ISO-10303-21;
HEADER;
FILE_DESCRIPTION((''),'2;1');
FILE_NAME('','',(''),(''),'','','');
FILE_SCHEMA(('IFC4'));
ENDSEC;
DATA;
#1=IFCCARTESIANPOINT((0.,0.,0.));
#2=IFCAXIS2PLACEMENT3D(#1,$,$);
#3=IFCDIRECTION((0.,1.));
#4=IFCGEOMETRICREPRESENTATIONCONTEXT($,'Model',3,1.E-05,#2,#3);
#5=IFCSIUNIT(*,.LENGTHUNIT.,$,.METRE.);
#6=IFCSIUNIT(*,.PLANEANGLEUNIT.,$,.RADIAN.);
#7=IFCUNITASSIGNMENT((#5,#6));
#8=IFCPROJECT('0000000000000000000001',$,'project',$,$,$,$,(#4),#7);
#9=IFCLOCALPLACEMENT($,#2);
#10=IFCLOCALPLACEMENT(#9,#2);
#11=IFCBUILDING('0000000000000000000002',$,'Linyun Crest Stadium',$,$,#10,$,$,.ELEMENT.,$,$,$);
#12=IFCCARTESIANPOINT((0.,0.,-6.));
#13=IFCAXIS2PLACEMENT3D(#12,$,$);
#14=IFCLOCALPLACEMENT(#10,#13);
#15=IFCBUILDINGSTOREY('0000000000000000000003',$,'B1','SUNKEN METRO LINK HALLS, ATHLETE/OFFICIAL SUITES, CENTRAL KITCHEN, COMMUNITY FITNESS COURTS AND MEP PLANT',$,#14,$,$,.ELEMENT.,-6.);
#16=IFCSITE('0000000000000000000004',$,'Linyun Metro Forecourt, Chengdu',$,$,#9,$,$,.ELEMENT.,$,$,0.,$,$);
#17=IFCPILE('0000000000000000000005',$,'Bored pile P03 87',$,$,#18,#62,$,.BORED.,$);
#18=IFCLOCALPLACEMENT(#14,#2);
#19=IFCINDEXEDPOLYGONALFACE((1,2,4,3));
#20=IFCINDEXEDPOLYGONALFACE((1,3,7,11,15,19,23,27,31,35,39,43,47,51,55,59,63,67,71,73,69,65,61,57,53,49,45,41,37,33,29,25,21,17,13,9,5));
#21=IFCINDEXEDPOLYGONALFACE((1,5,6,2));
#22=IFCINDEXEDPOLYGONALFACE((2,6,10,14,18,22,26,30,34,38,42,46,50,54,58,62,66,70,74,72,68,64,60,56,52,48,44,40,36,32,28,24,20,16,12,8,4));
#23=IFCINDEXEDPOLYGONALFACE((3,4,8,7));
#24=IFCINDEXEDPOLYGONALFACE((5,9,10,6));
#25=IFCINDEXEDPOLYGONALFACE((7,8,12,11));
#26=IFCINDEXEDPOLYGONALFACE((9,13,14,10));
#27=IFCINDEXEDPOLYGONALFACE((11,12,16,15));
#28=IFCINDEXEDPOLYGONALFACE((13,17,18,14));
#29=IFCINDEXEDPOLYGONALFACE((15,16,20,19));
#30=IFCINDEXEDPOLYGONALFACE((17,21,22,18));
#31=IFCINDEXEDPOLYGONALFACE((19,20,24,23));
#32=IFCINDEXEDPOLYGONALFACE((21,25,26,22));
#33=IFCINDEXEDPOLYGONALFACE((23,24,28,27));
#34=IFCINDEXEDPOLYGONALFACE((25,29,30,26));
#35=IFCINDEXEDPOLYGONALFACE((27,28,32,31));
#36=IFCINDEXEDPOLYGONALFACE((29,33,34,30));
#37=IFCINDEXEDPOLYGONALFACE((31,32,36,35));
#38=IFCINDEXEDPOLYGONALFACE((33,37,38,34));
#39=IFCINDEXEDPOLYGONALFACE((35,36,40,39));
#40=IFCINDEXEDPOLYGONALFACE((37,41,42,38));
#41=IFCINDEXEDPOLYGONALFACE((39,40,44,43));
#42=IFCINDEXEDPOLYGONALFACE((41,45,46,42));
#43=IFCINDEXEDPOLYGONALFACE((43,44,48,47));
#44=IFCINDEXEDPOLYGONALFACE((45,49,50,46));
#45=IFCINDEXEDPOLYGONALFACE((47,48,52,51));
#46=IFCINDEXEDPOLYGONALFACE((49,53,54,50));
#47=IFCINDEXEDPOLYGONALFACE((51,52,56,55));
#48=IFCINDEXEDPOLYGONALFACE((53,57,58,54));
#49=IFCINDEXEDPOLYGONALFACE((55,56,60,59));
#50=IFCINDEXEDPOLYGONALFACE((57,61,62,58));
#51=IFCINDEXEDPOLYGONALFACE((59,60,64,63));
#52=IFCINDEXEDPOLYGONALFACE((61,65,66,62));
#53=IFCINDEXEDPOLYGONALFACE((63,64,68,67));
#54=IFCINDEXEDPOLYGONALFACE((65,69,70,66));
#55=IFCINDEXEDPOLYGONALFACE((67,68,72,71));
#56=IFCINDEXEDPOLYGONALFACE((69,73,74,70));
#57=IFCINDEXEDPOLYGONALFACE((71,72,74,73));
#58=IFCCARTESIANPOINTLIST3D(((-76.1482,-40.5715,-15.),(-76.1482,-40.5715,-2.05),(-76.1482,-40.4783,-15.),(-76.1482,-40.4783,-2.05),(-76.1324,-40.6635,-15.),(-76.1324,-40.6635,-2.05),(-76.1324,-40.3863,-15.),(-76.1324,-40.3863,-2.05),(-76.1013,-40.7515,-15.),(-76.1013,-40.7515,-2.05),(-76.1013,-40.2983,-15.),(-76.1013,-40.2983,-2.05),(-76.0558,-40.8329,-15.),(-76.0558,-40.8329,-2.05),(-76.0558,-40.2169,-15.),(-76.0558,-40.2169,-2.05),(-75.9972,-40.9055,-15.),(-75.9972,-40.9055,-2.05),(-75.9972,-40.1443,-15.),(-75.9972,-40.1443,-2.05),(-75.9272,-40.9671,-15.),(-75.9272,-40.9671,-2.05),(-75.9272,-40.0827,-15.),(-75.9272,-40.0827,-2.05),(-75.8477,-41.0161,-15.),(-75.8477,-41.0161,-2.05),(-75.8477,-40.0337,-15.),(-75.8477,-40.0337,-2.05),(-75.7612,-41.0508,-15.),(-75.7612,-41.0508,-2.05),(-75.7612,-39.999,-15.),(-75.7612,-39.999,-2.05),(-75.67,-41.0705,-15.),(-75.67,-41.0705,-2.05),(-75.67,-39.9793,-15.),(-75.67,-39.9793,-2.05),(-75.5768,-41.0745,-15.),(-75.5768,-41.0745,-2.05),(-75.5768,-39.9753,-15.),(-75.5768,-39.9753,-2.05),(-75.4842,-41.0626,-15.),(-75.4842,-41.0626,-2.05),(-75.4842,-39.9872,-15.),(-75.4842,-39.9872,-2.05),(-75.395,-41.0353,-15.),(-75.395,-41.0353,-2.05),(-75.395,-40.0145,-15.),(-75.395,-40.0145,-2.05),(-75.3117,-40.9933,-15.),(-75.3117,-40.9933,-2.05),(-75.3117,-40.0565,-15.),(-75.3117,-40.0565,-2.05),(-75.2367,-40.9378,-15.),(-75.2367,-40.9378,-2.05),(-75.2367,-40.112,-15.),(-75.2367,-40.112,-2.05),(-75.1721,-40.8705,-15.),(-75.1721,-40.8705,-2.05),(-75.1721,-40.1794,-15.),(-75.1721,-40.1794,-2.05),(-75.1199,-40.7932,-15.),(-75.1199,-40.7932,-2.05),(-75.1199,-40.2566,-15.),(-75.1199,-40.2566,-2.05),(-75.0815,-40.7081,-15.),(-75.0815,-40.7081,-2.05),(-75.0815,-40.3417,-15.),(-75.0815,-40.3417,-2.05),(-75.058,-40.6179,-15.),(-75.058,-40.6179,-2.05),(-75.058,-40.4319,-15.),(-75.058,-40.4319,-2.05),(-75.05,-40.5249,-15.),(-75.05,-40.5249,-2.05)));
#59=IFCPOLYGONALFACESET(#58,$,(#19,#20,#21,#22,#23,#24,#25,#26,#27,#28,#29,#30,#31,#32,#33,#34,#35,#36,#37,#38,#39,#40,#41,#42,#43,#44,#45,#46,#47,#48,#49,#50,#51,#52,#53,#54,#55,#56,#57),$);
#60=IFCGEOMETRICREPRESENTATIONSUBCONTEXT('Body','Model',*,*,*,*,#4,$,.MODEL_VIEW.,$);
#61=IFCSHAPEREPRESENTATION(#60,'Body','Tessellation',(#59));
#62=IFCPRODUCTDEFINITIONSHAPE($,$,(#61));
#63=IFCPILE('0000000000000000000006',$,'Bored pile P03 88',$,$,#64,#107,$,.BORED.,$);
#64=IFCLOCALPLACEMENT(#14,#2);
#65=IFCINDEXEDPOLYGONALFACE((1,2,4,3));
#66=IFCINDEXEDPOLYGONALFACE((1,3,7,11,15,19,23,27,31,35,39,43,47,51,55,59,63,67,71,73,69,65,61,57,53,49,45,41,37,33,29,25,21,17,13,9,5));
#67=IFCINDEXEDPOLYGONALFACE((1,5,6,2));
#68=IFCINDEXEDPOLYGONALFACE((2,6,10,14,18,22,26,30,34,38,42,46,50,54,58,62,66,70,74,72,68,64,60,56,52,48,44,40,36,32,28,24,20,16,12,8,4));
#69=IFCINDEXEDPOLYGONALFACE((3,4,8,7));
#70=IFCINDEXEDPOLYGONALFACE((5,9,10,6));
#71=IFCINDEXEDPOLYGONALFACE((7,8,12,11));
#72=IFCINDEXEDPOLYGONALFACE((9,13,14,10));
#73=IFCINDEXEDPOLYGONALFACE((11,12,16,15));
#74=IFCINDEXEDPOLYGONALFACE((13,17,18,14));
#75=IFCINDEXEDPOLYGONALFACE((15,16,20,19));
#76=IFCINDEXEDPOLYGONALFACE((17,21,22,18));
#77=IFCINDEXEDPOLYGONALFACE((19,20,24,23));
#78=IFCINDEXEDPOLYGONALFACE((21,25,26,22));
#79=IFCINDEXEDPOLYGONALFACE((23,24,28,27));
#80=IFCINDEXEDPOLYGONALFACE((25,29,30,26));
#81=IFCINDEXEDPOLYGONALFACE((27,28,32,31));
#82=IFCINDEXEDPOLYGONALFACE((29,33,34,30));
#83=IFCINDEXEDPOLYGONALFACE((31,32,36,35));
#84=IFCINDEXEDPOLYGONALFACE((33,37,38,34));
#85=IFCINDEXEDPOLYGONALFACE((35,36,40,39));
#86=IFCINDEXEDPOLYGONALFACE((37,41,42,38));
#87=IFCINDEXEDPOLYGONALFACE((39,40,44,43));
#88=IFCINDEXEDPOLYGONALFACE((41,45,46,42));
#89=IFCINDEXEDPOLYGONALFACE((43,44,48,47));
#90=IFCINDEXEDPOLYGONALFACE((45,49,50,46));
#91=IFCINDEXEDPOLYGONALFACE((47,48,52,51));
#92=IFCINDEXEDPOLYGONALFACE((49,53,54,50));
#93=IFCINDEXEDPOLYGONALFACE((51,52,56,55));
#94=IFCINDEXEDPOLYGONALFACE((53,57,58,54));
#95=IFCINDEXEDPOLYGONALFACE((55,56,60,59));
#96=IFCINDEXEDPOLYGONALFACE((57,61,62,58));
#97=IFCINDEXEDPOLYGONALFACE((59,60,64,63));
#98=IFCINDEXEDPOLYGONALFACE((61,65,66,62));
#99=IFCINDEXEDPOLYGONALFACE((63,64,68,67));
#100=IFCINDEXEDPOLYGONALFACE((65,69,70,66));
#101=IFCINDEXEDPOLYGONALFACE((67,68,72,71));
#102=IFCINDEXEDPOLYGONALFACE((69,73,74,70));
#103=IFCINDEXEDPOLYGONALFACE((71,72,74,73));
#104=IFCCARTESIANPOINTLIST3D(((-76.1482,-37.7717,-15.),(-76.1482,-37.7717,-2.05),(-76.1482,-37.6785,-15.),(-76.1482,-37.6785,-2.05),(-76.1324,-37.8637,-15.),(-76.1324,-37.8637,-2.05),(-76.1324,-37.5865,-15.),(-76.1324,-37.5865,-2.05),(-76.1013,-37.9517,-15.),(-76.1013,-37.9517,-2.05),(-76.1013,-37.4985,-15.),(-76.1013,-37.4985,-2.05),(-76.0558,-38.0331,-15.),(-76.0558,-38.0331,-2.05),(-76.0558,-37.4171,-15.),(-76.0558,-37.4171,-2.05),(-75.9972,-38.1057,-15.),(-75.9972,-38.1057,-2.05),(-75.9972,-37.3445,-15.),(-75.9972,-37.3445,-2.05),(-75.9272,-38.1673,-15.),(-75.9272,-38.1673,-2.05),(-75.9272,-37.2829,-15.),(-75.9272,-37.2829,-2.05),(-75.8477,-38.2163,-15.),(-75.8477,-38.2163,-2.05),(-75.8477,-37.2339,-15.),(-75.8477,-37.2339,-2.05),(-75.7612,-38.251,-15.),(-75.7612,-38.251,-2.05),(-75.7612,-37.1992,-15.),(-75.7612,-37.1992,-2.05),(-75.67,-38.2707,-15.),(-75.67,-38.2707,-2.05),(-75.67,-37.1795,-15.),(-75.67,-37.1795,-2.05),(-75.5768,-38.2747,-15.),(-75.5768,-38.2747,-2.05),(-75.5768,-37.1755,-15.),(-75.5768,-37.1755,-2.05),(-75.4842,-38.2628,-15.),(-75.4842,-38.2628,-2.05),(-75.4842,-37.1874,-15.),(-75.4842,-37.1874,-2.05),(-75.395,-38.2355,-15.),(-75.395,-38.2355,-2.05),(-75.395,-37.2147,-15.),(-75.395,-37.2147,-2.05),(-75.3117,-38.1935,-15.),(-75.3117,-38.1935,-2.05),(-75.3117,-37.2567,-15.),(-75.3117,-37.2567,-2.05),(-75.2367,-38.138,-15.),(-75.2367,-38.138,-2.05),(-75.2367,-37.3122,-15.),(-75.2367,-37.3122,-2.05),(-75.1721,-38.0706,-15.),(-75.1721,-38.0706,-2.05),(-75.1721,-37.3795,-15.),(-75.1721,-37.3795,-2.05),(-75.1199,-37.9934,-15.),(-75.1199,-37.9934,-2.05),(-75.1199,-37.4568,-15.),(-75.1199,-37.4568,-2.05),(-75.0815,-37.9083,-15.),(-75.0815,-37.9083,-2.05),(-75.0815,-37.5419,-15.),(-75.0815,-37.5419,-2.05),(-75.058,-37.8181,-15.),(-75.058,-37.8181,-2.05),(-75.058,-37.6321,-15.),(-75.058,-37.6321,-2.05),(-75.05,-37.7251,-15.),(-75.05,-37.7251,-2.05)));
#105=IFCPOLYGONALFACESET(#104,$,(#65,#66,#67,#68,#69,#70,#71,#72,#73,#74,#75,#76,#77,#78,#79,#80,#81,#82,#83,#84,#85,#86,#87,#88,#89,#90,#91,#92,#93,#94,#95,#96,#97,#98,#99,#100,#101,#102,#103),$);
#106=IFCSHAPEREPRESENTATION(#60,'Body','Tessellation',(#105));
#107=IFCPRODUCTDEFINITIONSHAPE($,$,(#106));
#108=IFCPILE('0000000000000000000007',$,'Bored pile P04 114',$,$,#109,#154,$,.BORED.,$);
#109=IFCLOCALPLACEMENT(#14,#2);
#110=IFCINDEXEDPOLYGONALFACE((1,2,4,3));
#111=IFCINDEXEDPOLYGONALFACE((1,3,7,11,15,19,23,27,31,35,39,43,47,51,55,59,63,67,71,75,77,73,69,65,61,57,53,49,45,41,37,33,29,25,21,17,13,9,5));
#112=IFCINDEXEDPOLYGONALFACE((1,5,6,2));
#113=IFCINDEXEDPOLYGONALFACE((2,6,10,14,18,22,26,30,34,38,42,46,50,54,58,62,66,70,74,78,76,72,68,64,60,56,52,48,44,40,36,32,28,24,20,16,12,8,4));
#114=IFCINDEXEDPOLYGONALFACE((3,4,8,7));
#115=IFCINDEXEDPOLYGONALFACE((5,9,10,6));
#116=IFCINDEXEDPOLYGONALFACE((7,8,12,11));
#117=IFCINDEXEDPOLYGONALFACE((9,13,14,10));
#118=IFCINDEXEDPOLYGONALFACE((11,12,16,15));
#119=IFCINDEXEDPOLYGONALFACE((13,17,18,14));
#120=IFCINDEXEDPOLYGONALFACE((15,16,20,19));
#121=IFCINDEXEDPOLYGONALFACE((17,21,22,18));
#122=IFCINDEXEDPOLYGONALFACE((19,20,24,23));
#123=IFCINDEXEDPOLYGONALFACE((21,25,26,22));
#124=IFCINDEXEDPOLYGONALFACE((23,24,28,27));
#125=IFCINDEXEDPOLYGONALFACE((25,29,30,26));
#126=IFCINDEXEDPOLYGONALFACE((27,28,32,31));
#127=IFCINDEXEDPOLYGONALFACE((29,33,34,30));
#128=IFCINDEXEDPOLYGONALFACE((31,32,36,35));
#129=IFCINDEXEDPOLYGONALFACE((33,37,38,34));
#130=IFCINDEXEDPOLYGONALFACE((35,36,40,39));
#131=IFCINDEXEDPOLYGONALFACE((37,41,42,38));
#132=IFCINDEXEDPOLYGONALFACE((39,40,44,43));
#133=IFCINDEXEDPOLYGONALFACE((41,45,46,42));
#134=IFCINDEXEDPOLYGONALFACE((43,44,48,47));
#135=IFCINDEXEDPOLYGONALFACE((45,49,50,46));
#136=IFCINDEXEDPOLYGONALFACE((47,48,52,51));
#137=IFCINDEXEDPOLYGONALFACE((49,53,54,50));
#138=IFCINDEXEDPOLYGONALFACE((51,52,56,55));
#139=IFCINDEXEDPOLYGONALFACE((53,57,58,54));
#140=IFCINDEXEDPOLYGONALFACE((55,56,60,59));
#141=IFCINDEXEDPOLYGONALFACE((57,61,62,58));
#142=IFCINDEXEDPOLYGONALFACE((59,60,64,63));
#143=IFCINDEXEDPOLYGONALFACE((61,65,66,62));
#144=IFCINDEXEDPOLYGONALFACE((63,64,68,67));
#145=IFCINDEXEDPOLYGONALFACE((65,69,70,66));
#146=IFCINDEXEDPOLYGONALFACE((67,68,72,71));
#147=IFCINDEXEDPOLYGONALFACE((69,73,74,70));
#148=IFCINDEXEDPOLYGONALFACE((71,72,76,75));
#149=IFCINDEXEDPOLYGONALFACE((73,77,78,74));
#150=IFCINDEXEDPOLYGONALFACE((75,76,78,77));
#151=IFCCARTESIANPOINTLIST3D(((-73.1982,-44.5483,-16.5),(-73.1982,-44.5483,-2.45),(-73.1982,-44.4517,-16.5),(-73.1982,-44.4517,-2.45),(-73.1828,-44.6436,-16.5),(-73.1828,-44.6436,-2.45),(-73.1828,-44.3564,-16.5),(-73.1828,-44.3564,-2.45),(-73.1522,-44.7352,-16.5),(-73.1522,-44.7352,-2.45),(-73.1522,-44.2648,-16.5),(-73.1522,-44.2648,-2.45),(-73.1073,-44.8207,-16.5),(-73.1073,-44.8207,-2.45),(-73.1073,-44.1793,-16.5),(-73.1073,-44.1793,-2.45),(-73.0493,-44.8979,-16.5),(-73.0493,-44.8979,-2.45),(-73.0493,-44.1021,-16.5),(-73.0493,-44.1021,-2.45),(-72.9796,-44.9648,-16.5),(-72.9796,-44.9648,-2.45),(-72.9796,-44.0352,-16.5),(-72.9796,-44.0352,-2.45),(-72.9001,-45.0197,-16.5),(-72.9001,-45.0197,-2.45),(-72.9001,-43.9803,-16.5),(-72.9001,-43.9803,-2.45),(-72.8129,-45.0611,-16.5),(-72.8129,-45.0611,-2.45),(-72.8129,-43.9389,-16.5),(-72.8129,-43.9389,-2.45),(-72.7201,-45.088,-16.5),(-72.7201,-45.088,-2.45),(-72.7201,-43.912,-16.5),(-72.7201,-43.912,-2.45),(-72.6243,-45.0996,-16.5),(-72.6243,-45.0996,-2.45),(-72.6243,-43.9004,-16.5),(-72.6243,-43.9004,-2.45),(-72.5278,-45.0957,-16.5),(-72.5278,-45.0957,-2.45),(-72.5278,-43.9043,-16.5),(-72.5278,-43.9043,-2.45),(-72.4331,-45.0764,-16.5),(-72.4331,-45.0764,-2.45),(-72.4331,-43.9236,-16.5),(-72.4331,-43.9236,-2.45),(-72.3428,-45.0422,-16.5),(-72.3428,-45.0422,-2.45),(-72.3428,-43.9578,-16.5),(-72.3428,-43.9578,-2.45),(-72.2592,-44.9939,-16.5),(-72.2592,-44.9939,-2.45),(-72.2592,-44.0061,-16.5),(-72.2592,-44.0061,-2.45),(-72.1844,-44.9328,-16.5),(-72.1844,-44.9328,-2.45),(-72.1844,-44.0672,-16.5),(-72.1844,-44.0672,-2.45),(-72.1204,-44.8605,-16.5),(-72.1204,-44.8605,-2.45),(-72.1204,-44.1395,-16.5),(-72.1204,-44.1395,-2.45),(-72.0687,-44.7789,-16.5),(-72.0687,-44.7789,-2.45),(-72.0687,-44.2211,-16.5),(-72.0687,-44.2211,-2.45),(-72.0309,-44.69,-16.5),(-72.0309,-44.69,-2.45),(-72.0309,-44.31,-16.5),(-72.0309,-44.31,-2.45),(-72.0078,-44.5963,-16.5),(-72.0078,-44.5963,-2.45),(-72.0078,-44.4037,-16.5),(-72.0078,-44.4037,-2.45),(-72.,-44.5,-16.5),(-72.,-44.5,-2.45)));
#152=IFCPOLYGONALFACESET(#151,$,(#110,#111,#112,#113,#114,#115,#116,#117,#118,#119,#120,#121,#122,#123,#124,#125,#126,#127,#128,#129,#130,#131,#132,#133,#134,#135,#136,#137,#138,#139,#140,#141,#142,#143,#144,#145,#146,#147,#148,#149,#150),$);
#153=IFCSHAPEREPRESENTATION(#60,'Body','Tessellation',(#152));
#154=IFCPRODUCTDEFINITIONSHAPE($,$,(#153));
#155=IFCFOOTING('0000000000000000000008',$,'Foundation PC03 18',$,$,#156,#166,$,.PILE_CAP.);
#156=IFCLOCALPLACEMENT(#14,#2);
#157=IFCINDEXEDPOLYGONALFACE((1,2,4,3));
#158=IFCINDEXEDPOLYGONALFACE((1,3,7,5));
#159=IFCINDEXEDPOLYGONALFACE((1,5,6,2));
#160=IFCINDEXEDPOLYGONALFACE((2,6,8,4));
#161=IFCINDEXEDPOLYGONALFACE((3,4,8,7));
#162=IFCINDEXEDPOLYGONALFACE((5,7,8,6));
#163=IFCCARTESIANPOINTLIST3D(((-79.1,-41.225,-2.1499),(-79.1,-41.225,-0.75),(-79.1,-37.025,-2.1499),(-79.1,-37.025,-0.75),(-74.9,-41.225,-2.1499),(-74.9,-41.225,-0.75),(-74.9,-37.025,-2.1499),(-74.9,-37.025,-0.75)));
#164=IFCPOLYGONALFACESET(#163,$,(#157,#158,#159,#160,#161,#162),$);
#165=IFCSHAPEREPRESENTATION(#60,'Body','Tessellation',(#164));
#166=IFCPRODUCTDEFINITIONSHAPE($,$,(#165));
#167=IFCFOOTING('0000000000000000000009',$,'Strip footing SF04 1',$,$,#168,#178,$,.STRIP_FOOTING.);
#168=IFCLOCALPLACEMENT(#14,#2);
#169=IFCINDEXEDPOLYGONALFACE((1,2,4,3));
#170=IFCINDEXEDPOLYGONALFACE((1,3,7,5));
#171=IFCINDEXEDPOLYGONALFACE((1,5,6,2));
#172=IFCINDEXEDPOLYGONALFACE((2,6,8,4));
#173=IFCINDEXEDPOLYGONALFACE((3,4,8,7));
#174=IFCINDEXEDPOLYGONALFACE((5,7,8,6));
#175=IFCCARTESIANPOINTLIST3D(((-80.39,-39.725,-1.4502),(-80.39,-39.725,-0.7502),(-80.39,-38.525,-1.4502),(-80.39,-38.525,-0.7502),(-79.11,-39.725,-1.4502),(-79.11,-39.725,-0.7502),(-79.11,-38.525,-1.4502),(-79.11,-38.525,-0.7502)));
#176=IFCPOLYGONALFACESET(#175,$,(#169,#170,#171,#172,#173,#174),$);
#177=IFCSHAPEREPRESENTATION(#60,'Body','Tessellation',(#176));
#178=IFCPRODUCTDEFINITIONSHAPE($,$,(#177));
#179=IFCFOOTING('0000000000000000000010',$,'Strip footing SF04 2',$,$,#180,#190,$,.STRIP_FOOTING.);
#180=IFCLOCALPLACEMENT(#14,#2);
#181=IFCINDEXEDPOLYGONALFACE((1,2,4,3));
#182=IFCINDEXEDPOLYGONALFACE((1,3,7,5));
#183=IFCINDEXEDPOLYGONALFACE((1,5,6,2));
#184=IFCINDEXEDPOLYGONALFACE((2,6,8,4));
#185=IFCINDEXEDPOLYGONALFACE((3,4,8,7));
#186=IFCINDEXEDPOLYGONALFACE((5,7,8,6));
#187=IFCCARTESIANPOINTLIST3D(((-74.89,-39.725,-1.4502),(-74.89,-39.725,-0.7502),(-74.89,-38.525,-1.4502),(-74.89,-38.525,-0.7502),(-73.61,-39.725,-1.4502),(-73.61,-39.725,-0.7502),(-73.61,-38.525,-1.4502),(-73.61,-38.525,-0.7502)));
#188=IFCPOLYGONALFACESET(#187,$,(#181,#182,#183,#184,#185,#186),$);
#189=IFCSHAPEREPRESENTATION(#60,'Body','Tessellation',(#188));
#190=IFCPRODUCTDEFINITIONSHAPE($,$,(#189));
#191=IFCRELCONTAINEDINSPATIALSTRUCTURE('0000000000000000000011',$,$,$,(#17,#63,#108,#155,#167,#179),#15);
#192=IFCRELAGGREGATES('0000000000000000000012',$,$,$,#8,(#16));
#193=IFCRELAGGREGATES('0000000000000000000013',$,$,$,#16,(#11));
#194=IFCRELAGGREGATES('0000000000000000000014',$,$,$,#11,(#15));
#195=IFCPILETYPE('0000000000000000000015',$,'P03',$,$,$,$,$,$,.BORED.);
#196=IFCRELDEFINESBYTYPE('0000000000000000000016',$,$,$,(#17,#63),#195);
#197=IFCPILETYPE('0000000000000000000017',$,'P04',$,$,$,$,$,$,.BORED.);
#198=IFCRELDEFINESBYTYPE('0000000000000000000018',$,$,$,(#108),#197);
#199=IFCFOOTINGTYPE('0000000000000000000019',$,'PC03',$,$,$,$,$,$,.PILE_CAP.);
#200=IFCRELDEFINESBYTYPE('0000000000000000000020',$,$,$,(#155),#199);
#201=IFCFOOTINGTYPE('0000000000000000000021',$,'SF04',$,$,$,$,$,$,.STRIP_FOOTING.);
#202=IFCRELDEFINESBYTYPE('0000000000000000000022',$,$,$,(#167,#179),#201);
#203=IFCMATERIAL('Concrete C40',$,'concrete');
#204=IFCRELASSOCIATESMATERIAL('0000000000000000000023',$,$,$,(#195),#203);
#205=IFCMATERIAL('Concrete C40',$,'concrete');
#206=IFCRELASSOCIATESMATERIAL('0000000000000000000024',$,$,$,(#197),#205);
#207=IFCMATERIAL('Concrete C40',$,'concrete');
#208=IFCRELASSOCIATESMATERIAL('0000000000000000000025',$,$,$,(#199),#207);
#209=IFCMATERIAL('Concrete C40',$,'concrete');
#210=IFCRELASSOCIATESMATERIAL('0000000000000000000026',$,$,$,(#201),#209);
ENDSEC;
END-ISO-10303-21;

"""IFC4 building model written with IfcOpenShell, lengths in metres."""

from ifc_helpers import new_model, si_unit, direction, frame, origin, origin_2d, place, context, subcontext, project, spatial, rectangle, circle, extrude, material, material_profile, profile_set, type_object, element, save


model = new_model("IFC4")

# Units and contexts
model_context = context("Model", 3, precision=1e-05, world=origin(), true_north=direction((0.0, 1.0)))
body_context = subcontext(model_context, "Body", "Model", "MODEL_VIEW")
ifc_project = project(units=[si_unit("LENGTHUNIT", "METRE"), si_unit("PLANEANGLEUNIT", "RADIAN")], contexts=[model_context])

# Site, building, storey
site_placement = place(None, origin())
site = spatial("IfcSite", under=ifc_project, at=site_placement, Name="Linyun Metro Forecourt, Chengdu", CompositionType="ELEMENT", RefElevation=0.0)
building_placement = place(site_placement, origin())
building = spatial("IfcBuilding", under=site, at=building_placement, Name="Linyun Crest Stadium", CompositionType="ELEMENT")
storey_placement = place(building_placement, frame((0.0, 0.0, -6.0)))
storey = spatial("IfcBuildingStorey", under=building, at=storey_placement, Name="B1", Description="SUNKEN METRO LINK HALLS, ATHLETE/OFFICIAL SUITES, CENTRAL KITCHEN, COMMUNITY FITNESS COURTS AND MEP PLANT", CompositionType="ELEMENT", Elevation=-6.0)

# Piles
ifc_material_1 = material(Name="Concrete C40", Category="concrete")
ifc_material_profile_1 = material_profile(ifc_material_1, circle(Radius=0.55, at=origin_2d()), Name="BORED PILE 1100")
ifc_profile_set_1 = profile_set([ifc_material_profile_1], Name="Concrete C40")
pile_type_1 = type_object("IfcPileType", Name="P03", PredefinedType="BORED", material=ifc_profile_set_1)
for number, where, z_axis, x_axis, name in (
    (1, (-75.6001, -40.5249, -2.05), (0.0, 0.0, -1.0), (1.0, 0.0, 0.0), "Bored pile P03 87"),
    (2, (-75.6001, -37.7251, -2.05), (0.0, 0.0, -1.0), (1.0, 0.0, 0.0), "Bored pile P03 88"),
):
    element("IfcPile", number, at=place(storey_placement, frame(where, z_axis=z_axis, x_axis=x_axis)), inside=storey, type_object=pile_type_1, Name=name, PredefinedType="BORED", context=body_context, shape_type="SweptSolid", body=[
        extrude(circle(Radius=0.55, at=origin_2d()), origin(), (0.0, 0.0, 1.0), 12.95),
    ])
ifc_material_2 = material(Name="Concrete C40", Category="concrete")
ifc_material_profile_2 = material_profile(ifc_material_2, circle(Radius=0.6001, at=origin_2d()), Name="BORED PILE 1200")
ifc_profile_set_2 = profile_set([ifc_material_profile_2], Name="Concrete C40")
pile_type_2 = type_object("IfcPileType", Name="P04", PredefinedType="BORED", material=ifc_profile_set_2)
pile_placement = place(storey_placement, frame((-72.6001, -44.5, -2.45), z_axis=(0.0, 0.0, -1.0), x_axis=(1.0, 0.0, 0.0)))
element("IfcPile", 3, at=pile_placement, inside=storey, type_object=pile_type_2, Name="Bored pile P04 114", PredefinedType="BORED", context=body_context, shape_type="SweptSolid", body=[
    extrude(circle(Radius=0.6001, at=origin_2d()), origin(), (0.0, 0.0, 1.0), 14.05),
])

# Footings
ifc_material_3 = material(Name="Concrete C40", Category="concrete")
footing_type_1 = type_object("IfcFootingType", Name="PC03", PredefinedType="PILE_CAP", material=ifc_material_3)
footing_placement = place(storey_placement, frame((-77.0, -39.125, -2.1499), z_axis=(0.0, 0.0, 1.0), x_axis=(1.0, 0.0, 0.0)))
element("IfcFooting", 4, at=footing_placement, inside=storey, type_object=footing_type_1, Name="Foundation PC03 18", PredefinedType="PILE_CAP", context=body_context, shape_type="SweptSolid", body=[
    extrude(rectangle(XDim=4.2, YDim=4.2, at=origin_2d()), origin(), (0.0, 0.0, 1.0), 1.3999),
])
ifc_material_4 = material(Name="Concrete C40", Category="concrete")
footing_type_2 = type_object("IfcFootingType", Name="SF04", PredefinedType="STRIP_FOOTING", material=ifc_material_4)
for number, where, z_axis, x_axis, name in (
    (5, (-79.75, -39.125, -1.4502), (0.0, 0.0, 1.0), (1.0, 0.0, 0.0), "Strip footing SF04 1"),
    (6, (-74.25, -39.125, -1.4502), (0.0, 0.0, 1.0), (1.0, 0.0, 0.0), "Strip footing SF04 2"),
):
    element("IfcFooting", number, at=place(storey_placement, frame(where, z_axis=z_axis, x_axis=x_axis)), inside=storey, type_object=footing_type_2, Name=name, PredefinedType="STRIP_FOOTING", context=body_context, shape_type="SweptSolid", body=[
        extrude(rectangle(XDim=1.28, YDim=1.2, at=origin_2d()), origin(), (0.0, 0.0, 1.0), 0.7),
    ])

save(model, "model.ifc")
